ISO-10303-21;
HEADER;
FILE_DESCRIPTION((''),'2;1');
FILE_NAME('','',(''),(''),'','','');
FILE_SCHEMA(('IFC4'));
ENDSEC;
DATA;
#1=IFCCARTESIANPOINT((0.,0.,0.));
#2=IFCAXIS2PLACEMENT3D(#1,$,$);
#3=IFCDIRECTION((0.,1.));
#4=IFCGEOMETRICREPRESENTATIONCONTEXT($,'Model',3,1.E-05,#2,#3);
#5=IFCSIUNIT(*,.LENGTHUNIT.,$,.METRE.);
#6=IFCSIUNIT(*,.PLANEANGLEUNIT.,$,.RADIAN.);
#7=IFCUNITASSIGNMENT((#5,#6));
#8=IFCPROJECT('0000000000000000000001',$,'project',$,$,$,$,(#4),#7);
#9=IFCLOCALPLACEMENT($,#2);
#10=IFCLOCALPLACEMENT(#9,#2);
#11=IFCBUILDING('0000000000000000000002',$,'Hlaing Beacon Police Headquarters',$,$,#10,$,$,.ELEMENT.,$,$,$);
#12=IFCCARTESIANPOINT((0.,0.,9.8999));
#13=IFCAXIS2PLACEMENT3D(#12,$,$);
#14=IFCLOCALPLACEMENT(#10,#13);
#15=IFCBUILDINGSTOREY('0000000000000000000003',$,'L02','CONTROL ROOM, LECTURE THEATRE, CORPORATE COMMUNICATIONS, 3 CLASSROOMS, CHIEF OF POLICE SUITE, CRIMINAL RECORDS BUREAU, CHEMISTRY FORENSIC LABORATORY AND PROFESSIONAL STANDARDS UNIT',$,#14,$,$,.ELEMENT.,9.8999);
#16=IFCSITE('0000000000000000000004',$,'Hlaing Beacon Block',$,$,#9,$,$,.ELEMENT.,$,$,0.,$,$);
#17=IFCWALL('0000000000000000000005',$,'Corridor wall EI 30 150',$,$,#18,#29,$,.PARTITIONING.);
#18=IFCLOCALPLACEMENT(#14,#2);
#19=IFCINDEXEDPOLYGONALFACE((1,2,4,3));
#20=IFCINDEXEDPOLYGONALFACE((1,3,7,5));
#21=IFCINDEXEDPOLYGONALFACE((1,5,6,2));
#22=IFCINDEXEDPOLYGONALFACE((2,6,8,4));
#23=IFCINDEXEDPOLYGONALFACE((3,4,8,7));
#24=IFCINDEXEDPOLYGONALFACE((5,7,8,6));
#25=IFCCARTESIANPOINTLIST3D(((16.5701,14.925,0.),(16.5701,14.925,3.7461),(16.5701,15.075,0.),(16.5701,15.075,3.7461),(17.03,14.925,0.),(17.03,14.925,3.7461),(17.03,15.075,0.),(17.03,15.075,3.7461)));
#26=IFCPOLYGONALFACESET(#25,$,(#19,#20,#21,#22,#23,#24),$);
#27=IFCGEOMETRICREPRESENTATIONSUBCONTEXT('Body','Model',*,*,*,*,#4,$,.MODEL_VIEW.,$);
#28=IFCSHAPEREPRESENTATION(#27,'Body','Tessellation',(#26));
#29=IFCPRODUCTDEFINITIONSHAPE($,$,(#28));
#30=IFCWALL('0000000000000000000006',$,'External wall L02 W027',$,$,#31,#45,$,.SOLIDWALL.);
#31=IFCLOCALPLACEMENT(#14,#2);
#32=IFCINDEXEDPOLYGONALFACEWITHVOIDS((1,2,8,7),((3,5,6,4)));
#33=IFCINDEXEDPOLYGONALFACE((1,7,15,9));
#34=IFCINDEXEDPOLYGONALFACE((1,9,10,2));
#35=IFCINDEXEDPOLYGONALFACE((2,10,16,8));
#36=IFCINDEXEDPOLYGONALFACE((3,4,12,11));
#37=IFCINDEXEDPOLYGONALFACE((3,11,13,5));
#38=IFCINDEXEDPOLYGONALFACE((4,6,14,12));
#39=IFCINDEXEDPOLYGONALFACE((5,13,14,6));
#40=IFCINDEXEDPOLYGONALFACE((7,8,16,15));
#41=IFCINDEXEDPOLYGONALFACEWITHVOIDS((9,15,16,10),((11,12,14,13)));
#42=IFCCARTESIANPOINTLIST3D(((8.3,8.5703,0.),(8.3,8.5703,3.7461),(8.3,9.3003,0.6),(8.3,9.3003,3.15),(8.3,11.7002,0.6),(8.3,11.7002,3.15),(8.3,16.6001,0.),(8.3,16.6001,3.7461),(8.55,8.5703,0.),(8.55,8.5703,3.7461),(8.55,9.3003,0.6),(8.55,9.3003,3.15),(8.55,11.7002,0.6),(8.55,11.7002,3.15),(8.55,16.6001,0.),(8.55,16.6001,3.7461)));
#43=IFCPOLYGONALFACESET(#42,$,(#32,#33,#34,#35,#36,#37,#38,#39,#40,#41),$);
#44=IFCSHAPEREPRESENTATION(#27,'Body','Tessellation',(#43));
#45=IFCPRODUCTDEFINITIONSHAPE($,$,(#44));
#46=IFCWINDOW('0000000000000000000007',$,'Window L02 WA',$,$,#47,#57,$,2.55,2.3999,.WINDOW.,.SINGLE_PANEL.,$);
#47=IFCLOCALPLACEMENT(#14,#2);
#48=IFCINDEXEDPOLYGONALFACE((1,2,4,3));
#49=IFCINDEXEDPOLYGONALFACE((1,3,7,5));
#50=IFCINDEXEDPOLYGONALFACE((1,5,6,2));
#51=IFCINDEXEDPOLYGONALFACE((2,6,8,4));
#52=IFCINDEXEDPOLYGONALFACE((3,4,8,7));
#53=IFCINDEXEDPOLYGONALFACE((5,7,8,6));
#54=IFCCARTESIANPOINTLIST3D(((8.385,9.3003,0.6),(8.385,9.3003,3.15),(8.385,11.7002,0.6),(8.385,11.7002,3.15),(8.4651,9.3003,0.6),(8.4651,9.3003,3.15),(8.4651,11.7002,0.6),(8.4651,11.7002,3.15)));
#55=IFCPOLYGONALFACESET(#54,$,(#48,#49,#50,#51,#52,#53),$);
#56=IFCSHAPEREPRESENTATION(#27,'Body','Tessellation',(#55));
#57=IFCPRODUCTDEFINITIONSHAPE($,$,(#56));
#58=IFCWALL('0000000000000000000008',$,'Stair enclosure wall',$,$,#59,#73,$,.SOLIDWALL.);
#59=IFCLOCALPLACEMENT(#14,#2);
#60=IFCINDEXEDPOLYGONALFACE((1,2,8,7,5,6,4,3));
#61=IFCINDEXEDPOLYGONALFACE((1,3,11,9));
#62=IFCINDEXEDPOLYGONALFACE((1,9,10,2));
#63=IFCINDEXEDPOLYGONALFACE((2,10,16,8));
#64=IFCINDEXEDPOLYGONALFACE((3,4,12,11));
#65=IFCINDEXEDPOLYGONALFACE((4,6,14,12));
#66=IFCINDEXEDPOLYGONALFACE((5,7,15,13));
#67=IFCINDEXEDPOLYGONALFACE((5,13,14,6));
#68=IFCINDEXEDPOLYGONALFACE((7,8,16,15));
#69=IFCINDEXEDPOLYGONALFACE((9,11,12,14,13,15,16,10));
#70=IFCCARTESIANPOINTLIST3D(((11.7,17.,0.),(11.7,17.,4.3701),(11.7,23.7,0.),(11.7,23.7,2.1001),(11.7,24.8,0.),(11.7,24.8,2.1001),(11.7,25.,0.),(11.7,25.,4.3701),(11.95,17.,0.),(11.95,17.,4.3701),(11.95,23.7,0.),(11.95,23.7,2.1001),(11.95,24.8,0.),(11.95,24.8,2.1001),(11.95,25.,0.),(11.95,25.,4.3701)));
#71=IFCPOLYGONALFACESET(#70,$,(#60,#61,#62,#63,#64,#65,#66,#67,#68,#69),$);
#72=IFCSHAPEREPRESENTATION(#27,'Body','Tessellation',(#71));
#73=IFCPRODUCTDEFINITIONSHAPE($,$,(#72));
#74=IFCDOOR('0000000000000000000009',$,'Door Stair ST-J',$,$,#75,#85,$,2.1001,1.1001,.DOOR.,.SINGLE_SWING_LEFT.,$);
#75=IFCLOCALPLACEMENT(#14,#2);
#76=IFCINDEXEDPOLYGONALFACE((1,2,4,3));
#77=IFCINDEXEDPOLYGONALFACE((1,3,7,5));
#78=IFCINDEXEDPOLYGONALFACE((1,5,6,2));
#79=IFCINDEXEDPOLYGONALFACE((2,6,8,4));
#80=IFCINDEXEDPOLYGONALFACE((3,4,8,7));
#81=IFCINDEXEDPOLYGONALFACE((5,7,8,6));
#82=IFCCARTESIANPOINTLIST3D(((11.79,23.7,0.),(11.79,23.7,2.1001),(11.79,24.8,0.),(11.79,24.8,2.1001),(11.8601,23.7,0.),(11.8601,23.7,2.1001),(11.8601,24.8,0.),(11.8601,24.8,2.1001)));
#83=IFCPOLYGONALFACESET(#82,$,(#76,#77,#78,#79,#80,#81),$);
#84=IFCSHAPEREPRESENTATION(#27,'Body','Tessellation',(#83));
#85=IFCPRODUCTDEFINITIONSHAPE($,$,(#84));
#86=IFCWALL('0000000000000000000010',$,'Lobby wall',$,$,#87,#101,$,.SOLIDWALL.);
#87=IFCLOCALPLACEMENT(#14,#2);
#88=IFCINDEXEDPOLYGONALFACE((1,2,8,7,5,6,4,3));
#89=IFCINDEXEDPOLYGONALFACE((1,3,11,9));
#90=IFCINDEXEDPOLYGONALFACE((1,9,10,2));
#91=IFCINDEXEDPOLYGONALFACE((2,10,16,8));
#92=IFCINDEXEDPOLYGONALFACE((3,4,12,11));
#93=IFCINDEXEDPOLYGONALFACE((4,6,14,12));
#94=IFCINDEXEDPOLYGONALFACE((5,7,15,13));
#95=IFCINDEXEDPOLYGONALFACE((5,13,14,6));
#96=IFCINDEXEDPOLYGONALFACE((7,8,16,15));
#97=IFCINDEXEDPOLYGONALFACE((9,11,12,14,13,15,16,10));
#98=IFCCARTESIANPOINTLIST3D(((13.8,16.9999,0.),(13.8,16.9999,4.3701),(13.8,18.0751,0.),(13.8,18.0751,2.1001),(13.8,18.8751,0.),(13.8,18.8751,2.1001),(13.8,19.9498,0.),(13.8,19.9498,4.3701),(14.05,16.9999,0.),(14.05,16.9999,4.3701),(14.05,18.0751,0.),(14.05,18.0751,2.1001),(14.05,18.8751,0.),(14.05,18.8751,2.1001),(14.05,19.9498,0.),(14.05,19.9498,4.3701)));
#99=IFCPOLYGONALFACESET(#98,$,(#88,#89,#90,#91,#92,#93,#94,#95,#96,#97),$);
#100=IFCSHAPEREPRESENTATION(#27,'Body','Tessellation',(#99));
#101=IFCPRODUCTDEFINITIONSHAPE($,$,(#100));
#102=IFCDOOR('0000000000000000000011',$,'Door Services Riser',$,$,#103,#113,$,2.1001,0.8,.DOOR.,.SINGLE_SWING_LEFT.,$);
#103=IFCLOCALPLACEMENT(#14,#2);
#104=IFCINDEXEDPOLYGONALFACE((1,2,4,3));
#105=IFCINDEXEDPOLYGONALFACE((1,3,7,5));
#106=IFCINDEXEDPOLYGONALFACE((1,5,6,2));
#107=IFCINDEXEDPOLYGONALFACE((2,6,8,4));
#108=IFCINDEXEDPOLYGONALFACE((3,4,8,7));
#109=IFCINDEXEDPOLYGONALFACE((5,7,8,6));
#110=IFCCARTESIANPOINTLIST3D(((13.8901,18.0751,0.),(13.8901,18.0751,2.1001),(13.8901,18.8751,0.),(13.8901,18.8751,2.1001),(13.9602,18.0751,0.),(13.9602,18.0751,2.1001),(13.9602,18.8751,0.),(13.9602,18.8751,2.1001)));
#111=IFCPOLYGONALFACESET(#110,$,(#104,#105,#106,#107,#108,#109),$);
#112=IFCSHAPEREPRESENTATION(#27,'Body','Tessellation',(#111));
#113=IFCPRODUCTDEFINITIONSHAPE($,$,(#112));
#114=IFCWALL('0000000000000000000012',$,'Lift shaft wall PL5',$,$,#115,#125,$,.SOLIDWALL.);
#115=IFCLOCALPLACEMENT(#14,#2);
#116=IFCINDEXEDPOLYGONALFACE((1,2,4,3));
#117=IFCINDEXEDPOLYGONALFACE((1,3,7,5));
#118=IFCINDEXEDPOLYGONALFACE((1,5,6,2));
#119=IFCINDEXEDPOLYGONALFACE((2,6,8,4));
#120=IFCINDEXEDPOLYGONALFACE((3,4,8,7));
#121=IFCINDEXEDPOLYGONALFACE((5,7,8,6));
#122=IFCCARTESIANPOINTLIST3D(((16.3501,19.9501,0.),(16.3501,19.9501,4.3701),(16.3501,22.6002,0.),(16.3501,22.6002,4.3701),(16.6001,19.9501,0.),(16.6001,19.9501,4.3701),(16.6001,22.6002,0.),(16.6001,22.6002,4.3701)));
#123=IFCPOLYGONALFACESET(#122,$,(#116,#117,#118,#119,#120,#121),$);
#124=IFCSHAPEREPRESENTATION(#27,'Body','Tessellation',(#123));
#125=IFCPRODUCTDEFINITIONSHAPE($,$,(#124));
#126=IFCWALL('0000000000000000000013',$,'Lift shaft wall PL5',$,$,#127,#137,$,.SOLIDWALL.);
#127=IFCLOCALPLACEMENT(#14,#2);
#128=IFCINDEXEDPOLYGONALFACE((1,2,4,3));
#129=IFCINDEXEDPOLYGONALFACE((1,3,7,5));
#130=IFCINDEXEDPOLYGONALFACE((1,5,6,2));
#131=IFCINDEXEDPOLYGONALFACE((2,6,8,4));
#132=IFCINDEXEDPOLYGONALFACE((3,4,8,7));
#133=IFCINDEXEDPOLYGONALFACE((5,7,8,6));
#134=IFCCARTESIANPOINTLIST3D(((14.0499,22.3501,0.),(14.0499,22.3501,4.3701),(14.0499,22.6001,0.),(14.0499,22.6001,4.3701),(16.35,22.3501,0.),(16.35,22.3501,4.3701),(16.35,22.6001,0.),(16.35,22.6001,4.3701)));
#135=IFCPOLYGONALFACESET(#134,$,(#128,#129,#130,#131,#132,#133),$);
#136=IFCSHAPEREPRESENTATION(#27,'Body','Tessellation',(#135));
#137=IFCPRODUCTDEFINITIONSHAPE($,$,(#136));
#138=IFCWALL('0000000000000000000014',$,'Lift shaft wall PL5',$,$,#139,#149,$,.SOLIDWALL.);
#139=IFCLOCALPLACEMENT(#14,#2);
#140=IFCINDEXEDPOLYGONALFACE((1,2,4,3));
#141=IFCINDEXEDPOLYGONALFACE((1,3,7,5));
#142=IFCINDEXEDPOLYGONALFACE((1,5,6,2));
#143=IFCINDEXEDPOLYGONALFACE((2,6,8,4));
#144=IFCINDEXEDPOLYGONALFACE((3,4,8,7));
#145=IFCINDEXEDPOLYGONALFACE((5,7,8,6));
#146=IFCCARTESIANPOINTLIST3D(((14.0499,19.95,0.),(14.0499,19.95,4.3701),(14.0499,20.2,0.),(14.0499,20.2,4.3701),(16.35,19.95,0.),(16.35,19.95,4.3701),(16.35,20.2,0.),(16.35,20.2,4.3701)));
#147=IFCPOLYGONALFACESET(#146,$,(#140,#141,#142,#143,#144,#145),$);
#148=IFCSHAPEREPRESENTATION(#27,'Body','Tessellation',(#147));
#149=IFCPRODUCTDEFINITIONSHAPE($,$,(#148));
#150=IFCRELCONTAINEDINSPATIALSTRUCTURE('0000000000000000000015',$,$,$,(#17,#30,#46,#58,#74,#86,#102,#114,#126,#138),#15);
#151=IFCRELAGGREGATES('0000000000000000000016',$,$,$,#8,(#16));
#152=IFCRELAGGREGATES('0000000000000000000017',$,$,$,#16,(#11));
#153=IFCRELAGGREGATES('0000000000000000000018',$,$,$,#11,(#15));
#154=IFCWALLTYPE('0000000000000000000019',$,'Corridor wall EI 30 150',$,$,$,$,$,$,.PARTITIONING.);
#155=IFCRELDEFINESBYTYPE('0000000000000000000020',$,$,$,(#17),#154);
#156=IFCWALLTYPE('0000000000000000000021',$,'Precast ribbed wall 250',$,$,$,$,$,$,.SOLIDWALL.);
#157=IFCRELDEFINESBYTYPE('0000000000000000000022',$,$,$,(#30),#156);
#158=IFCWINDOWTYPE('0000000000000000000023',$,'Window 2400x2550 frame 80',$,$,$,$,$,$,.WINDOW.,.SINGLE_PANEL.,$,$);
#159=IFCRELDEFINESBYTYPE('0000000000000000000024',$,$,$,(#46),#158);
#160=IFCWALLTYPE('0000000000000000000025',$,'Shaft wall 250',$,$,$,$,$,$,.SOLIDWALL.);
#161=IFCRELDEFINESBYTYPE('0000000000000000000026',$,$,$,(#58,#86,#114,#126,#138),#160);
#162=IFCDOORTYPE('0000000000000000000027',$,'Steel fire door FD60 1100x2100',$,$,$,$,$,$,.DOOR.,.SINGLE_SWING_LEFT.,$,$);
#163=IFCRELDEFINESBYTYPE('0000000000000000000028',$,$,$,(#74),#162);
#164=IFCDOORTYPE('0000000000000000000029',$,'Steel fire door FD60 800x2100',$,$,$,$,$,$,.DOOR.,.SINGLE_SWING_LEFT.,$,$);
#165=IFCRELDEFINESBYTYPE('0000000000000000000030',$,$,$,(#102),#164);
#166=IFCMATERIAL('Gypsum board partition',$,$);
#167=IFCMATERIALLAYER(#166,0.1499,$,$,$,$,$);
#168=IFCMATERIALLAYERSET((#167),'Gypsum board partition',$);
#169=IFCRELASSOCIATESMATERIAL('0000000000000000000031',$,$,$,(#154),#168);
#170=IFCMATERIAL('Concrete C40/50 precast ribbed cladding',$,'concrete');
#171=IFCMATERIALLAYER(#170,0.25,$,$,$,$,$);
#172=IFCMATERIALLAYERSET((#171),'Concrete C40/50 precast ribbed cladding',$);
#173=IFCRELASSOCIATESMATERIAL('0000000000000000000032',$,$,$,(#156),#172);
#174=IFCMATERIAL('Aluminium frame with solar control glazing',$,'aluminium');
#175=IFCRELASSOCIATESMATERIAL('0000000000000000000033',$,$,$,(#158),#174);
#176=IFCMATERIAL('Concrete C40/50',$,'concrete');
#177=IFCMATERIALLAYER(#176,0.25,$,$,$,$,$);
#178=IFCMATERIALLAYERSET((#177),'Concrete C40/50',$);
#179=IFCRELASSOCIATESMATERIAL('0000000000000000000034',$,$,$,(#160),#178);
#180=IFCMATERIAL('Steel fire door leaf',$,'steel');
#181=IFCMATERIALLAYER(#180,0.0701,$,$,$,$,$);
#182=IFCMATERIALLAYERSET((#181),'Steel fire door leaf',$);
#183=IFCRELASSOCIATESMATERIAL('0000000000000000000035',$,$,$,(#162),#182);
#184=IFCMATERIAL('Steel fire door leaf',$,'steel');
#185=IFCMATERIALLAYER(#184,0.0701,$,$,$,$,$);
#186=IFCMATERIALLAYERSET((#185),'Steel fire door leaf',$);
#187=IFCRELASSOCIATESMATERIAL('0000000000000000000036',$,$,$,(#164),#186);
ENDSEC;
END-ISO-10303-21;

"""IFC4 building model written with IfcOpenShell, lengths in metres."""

from ifc_helpers import new_model, si_unit, direction, frame, frame_2d, origin, place, context, subcontext, project, spatial, rectangle, extrude, material, layer, layer_set, type_object, element, fill, save


model = new_model("IFC4")

# Units and contexts
model_context = context("Model", 3, precision=1e-05, world=origin(), true_north=direction((0.0, 1.0)))
body_context = subcontext(model_context, "Body", "Model", "MODEL_VIEW")
ifc_project = project(units=[si_unit("LENGTHUNIT", "METRE"), si_unit("PLANEANGLEUNIT", "RADIAN")], contexts=[model_context])

# Site, building, storey
site_placement = place(None, origin())
site = spatial("IfcSite", under=ifc_project, at=site_placement, Name="Hlaing Beacon Block", CompositionType="ELEMENT", RefElevation=0.0)
building_placement = place(site_placement, origin())
building = spatial("IfcBuilding", under=site, at=building_placement, Name="Hlaing Beacon Police Headquarters", CompositionType="ELEMENT")
storey_placement = place(building_placement, frame((0.0, 0.0, 9.8999)))
storey = spatial("IfcBuildingStorey", under=building, at=storey_placement, Name="L02", Description="CONTROL ROOM, LECTURE THEATRE, CORPORATE COMMUNICATIONS, 3 CLASSROOMS, CHIEF OF POLICE SUITE, CRIMINAL RECORDS BUREAU, CHEMISTRY FORENSIC LABORATORY AND PROFESSIONAL STANDARDS UNIT", CompositionType="ELEMENT", Elevation=9.8999)

# Wall
ifc_material_1 = material(Name="Gypsum board partition")
ifc_layer_1 = layer(ifc_material_1, 0.1499)
ifc_layer_set_1 = layer_set([ifc_layer_1], Name="Gypsum board partition")
wall_type_1 = type_object("IfcWallType", Name="Corridor wall EI 30 150", PredefinedType="PARTITIONING", material=ifc_layer_set_1)
wall_1_placement = place(storey_placement, frame((16.5701, 15.0, 0.0), z_axis=(0.0, 0.0, 1.0), x_axis=(1.0, 0.0, 0.0)))
element("IfcWall", 1, at=wall_1_placement, inside=storey, type_object=wall_type_1, Name="Corridor wall EI 30 150", PredefinedType="PARTITIONING", context=body_context, shape_type="SweptSolid", body=[
    extrude(rectangle(XDim=0.46, YDim=0.1499, at=frame_2d((0.23, 0.0))), origin(), (0.0, 0.0, 1.0), 3.7461),
])

# Wall, opening, window
ifc_material_2 = material(Name="Concrete C40/50 precast ribbed cladding", Category="concrete")
ifc_layer_2 = layer(ifc_material_2, 0.25)
ifc_layer_set_2 = layer_set([ifc_layer_2], Name="Concrete C40/50 precast ribbed cladding")
wall_type_2 = type_object("IfcWallType", Name="Precast ribbed wall 250", PredefinedType="SOLIDWALL", material=ifc_layer_set_2)
wall_2_placement = place(storey_placement, frame((8.425, 16.6001, 0.0), z_axis=(0.0, 0.0, 1.0), x_axis=(0.0, -1.0, 0.0)))
wall_2 = element("IfcWall", 2, at=wall_2_placement, inside=storey, type_object=wall_type_2, Name="External wall L02 W027", PredefinedType="SOLIDWALL", context=body_context, shape_type="SweptSolid", body=[
    extrude(rectangle(XDim=8.0298, YDim=0.25, at=frame_2d((4.0149, 0.0))), origin(), (0.0, 0.0, 1.0), 3.7461),
])
opening_1_placement = place(wall_2_placement, frame((4.8999, 0.0, 0.6001)))
opening_1 = element("IfcOpeningElement", 3, at=opening_1_placement, cuts=wall_2, PredefinedType="OPENING", context=body_context, shape_type="SweptSolid", body=[
    extrude(rectangle(XDim=2.3999, YDim=2.55, at=frame_2d((1.2, 1.2749))), frame((0.0, 0.135, 0.0), z_axis=(0.0, -1.0, 0.0), x_axis=(1.0, 0.0, 0.0)), (0.0, 0.0, 1.0), 0.27),
])
ifc_material_3 = material(Name="Aluminium frame with solar control glazing", Category="aluminium")
window_type = type_object("IfcWindowType", Name="Window 2400x2550 frame 80", PartitioningType="SINGLE_PANEL", PredefinedType="WINDOW", material=ifc_material_3)
window_placement = place(opening_1_placement, origin())
window = element("IfcWindow", 4, at=window_placement, inside=storey, type_object=window_type, Name="Window L02 WA", OverallHeight=2.55, OverallWidth=2.3999, PartitioningType="SINGLE_PANEL", PredefinedType="WINDOW", context=body_context, shape_type="SweptSolid", body=[
    extrude(rectangle(XDim=2.3999, YDim=2.55, at=frame_2d((1.2, 1.2749))), frame((0.0, 0.04, 0.0), z_axis=(0.0, -1.0, 0.0), x_axis=(1.0, 0.0, 0.0)), (0.0, 0.0, 1.0), 0.0801),
])
fill(opening_1, window)

# Walls, openings, doors
ifc_material_4 = material(Name="Concrete C40/50", Category="concrete")
ifc_layer_3 = layer(ifc_material_4, 0.25)
ifc_layer_set_3 = layer_set([ifc_layer_3], Name="Concrete C40/50")
wall_type_3 = type_object("IfcWallType", Name="Shaft wall 250", PredefinedType="SOLIDWALL", material=ifc_layer_set_3)
wall_3_placement = place(storey_placement, frame((11.825, 25.0, 0.0), z_axis=(0.0, 0.0, 1.0), x_axis=(0.0, -1.0, 0.0)))
wall_3 = element("IfcWall", 5, at=wall_3_placement, inside=storey, type_object=wall_type_3, Name="Stair enclosure wall", PredefinedType="SOLIDWALL", context=body_context, shape_type="SweptSolid", body=[
    extrude(rectangle(XDim=8.0, YDim=0.25, at=frame_2d((4.0, 0.0))), origin(), (0.0, 0.0, 1.0), 4.3701),
])
opening_2_placement = place(wall_3_placement, frame((0.2, 0.0, 0.0)))
opening_2 = element("IfcOpeningElement", 6, at=opening_2_placement, cuts=wall_3, PredefinedType="OPENING", context=body_context, shape_type="SweptSolid", body=[
    extrude(rectangle(XDim=1.1001, YDim=2.1001, at=frame_2d((0.55, 1.05))), frame((0.0, 0.135, 0.0), z_axis=(0.0, -1.0, 0.0), x_axis=(1.0, 0.0, 0.0)), (0.0, 0.0, 1.0), 0.27),
])
ifc_material_5 = material(Name="Steel fire door leaf", Category="steel")
ifc_layer_4 = layer(ifc_material_5, 0.0701)
ifc_layer_set_4 = layer_set([ifc_layer_4], Name="Steel fire door leaf")
door_type_1 = type_object("IfcDoorType", Name="Steel fire door FD60 1100x2100", OperationType="SINGLE_SWING_LEFT", PredefinedType="DOOR", material=ifc_layer_set_4)
door_1_placement = place(opening_2_placement, frame((1.1001, 0.0, 0.0), z_axis=(0.0, 0.0, 1.0), x_axis=(-1.0, 0.0, 0.0)))
door_1 = element("IfcDoor", 7, at=door_1_placement, inside=storey, type_object=door_type_1, Name="Door Stair ST-J", OperationType="SINGLE_SWING_LEFT", OverallHeight=2.1001, OverallWidth=1.1001, PredefinedType="DOOR", context=body_context, shape_type="SweptSolid", body=[
    extrude(rectangle(XDim=1.1001, YDim=2.1001, at=frame_2d((0.55, 1.05))), frame((0.0, 0.0349, 0.0), z_axis=(0.0, -1.0, 0.0), x_axis=(1.0, 0.0, 0.0)), (0.0, 0.0, 1.0), 0.0701),
])
fill(opening_2, door_1)
wall_4_placement = place(storey_placement, frame((13.925, 19.95, 0.0), z_axis=(0.0, 0.0, 1.0), x_axis=(0.0, -1.0, 0.0)))
wall_4 = element("IfcWall", 8, at=wall_4_placement, inside=storey, type_object=wall_type_3, Name="Lobby wall", PredefinedType="SOLIDWALL", context=body_context, shape_type="SweptSolid", body=[
    extrude(rectangle(XDim=2.95, YDim=0.25, at=frame_2d((1.4751, 0.0))), origin(), (0.0, 0.0, 1.0), 4.3701),
])
opening_3_placement = place(wall_4_placement, frame((1.075, 0.0, 0.0)))
opening_3 = element("IfcOpeningElement", 9, at=opening_3_placement, cuts=wall_4, PredefinedType="OPENING", context=body_context, shape_type="SweptSolid", body=[
    extrude(rectangle(XDim=0.8, YDim=2.1001, at=frame_2d((0.3999, 1.05))), frame((0.0, 0.135, 0.0), z_axis=(0.0, -1.0, 0.0), x_axis=(1.0, 0.0, 0.0)), (0.0, 0.0, 1.0), 0.27),
])
ifc_material_6 = material(Name="Steel fire door leaf", Category="steel")
ifc_layer_5 = layer(ifc_material_6, 0.0701)
ifc_layer_set_5 = layer_set([ifc_layer_5], Name="Steel fire door leaf")
door_type_2 = type_object("IfcDoorType", Name="Steel fire door FD60 800x2100", OperationType="SINGLE_SWING_LEFT", PredefinedType="DOOR", material=ifc_layer_set_5)
door_2_placement = place(opening_3_placement, origin())
door_2 = element("IfcDoor", 10, at=door_2_placement, inside=storey, type_object=door_type_2, Name="Door Services Riser", OperationType="SINGLE_SWING_LEFT", OverallHeight=2.1001, OverallWidth=0.8, PredefinedType="DOOR", context=body_context, shape_type="SweptSolid", body=[
    extrude(rectangle(XDim=0.8, YDim=2.1001, at=frame_2d((0.3999, 1.05))), frame((0.0, 0.0352, 0.0), z_axis=(0.0, -1.0, 0.0), x_axis=(1.0, 0.0, 0.0)), (0.0, 0.0, 1.0), 0.0701),
])
fill(opening_3, door_2)

# Walls
wall_5_placement = place(storey_placement, frame((16.4751, 19.95, 0.0), z_axis=(0.0, 0.0, 1.0), x_axis=(0.0, 1.0, 0.0)))
element("IfcWall", 11, at=wall_5_placement, inside=storey, type_object=wall_type_3, Name="Lift shaft wall PL5", PredefinedType="SOLIDWALL", context=body_context, shape_type="SweptSolid", body=[
    extrude(rectangle(XDim=2.6501, YDim=0.25, at=frame_2d((1.3252, 0.0))), origin(), (0.0, 0.0, 1.0), 4.3701),
])
for number, where, z_axis, x_axis, name in (
    (12, (14.05, 22.4751, 0.0), (0.0, 0.0, 1.0), (1.0, 0.0, 0.0), "Lift shaft wall PL5"),
    (13, (14.05, 20.075, 0.0), (0.0, 0.0, 1.0), (1.0, 0.0, 0.0), "Lift shaft wall PL5"),
):
    element("IfcWall", number, at=place(storey_placement, frame(where, z_axis=z_axis, x_axis=x_axis)), inside=storey, type_object=wall_type_3, Name=name, PredefinedType="SOLIDWALL", context=body_context, shape_type="SweptSolid", body=[
        extrude(rectangle(XDim=2.3, YDim=0.25, at=frame_2d((1.1499, 0.0))), origin(), (0.0, 0.0, 1.0), 4.3701),
    ])

save(model, "model.ifc")
